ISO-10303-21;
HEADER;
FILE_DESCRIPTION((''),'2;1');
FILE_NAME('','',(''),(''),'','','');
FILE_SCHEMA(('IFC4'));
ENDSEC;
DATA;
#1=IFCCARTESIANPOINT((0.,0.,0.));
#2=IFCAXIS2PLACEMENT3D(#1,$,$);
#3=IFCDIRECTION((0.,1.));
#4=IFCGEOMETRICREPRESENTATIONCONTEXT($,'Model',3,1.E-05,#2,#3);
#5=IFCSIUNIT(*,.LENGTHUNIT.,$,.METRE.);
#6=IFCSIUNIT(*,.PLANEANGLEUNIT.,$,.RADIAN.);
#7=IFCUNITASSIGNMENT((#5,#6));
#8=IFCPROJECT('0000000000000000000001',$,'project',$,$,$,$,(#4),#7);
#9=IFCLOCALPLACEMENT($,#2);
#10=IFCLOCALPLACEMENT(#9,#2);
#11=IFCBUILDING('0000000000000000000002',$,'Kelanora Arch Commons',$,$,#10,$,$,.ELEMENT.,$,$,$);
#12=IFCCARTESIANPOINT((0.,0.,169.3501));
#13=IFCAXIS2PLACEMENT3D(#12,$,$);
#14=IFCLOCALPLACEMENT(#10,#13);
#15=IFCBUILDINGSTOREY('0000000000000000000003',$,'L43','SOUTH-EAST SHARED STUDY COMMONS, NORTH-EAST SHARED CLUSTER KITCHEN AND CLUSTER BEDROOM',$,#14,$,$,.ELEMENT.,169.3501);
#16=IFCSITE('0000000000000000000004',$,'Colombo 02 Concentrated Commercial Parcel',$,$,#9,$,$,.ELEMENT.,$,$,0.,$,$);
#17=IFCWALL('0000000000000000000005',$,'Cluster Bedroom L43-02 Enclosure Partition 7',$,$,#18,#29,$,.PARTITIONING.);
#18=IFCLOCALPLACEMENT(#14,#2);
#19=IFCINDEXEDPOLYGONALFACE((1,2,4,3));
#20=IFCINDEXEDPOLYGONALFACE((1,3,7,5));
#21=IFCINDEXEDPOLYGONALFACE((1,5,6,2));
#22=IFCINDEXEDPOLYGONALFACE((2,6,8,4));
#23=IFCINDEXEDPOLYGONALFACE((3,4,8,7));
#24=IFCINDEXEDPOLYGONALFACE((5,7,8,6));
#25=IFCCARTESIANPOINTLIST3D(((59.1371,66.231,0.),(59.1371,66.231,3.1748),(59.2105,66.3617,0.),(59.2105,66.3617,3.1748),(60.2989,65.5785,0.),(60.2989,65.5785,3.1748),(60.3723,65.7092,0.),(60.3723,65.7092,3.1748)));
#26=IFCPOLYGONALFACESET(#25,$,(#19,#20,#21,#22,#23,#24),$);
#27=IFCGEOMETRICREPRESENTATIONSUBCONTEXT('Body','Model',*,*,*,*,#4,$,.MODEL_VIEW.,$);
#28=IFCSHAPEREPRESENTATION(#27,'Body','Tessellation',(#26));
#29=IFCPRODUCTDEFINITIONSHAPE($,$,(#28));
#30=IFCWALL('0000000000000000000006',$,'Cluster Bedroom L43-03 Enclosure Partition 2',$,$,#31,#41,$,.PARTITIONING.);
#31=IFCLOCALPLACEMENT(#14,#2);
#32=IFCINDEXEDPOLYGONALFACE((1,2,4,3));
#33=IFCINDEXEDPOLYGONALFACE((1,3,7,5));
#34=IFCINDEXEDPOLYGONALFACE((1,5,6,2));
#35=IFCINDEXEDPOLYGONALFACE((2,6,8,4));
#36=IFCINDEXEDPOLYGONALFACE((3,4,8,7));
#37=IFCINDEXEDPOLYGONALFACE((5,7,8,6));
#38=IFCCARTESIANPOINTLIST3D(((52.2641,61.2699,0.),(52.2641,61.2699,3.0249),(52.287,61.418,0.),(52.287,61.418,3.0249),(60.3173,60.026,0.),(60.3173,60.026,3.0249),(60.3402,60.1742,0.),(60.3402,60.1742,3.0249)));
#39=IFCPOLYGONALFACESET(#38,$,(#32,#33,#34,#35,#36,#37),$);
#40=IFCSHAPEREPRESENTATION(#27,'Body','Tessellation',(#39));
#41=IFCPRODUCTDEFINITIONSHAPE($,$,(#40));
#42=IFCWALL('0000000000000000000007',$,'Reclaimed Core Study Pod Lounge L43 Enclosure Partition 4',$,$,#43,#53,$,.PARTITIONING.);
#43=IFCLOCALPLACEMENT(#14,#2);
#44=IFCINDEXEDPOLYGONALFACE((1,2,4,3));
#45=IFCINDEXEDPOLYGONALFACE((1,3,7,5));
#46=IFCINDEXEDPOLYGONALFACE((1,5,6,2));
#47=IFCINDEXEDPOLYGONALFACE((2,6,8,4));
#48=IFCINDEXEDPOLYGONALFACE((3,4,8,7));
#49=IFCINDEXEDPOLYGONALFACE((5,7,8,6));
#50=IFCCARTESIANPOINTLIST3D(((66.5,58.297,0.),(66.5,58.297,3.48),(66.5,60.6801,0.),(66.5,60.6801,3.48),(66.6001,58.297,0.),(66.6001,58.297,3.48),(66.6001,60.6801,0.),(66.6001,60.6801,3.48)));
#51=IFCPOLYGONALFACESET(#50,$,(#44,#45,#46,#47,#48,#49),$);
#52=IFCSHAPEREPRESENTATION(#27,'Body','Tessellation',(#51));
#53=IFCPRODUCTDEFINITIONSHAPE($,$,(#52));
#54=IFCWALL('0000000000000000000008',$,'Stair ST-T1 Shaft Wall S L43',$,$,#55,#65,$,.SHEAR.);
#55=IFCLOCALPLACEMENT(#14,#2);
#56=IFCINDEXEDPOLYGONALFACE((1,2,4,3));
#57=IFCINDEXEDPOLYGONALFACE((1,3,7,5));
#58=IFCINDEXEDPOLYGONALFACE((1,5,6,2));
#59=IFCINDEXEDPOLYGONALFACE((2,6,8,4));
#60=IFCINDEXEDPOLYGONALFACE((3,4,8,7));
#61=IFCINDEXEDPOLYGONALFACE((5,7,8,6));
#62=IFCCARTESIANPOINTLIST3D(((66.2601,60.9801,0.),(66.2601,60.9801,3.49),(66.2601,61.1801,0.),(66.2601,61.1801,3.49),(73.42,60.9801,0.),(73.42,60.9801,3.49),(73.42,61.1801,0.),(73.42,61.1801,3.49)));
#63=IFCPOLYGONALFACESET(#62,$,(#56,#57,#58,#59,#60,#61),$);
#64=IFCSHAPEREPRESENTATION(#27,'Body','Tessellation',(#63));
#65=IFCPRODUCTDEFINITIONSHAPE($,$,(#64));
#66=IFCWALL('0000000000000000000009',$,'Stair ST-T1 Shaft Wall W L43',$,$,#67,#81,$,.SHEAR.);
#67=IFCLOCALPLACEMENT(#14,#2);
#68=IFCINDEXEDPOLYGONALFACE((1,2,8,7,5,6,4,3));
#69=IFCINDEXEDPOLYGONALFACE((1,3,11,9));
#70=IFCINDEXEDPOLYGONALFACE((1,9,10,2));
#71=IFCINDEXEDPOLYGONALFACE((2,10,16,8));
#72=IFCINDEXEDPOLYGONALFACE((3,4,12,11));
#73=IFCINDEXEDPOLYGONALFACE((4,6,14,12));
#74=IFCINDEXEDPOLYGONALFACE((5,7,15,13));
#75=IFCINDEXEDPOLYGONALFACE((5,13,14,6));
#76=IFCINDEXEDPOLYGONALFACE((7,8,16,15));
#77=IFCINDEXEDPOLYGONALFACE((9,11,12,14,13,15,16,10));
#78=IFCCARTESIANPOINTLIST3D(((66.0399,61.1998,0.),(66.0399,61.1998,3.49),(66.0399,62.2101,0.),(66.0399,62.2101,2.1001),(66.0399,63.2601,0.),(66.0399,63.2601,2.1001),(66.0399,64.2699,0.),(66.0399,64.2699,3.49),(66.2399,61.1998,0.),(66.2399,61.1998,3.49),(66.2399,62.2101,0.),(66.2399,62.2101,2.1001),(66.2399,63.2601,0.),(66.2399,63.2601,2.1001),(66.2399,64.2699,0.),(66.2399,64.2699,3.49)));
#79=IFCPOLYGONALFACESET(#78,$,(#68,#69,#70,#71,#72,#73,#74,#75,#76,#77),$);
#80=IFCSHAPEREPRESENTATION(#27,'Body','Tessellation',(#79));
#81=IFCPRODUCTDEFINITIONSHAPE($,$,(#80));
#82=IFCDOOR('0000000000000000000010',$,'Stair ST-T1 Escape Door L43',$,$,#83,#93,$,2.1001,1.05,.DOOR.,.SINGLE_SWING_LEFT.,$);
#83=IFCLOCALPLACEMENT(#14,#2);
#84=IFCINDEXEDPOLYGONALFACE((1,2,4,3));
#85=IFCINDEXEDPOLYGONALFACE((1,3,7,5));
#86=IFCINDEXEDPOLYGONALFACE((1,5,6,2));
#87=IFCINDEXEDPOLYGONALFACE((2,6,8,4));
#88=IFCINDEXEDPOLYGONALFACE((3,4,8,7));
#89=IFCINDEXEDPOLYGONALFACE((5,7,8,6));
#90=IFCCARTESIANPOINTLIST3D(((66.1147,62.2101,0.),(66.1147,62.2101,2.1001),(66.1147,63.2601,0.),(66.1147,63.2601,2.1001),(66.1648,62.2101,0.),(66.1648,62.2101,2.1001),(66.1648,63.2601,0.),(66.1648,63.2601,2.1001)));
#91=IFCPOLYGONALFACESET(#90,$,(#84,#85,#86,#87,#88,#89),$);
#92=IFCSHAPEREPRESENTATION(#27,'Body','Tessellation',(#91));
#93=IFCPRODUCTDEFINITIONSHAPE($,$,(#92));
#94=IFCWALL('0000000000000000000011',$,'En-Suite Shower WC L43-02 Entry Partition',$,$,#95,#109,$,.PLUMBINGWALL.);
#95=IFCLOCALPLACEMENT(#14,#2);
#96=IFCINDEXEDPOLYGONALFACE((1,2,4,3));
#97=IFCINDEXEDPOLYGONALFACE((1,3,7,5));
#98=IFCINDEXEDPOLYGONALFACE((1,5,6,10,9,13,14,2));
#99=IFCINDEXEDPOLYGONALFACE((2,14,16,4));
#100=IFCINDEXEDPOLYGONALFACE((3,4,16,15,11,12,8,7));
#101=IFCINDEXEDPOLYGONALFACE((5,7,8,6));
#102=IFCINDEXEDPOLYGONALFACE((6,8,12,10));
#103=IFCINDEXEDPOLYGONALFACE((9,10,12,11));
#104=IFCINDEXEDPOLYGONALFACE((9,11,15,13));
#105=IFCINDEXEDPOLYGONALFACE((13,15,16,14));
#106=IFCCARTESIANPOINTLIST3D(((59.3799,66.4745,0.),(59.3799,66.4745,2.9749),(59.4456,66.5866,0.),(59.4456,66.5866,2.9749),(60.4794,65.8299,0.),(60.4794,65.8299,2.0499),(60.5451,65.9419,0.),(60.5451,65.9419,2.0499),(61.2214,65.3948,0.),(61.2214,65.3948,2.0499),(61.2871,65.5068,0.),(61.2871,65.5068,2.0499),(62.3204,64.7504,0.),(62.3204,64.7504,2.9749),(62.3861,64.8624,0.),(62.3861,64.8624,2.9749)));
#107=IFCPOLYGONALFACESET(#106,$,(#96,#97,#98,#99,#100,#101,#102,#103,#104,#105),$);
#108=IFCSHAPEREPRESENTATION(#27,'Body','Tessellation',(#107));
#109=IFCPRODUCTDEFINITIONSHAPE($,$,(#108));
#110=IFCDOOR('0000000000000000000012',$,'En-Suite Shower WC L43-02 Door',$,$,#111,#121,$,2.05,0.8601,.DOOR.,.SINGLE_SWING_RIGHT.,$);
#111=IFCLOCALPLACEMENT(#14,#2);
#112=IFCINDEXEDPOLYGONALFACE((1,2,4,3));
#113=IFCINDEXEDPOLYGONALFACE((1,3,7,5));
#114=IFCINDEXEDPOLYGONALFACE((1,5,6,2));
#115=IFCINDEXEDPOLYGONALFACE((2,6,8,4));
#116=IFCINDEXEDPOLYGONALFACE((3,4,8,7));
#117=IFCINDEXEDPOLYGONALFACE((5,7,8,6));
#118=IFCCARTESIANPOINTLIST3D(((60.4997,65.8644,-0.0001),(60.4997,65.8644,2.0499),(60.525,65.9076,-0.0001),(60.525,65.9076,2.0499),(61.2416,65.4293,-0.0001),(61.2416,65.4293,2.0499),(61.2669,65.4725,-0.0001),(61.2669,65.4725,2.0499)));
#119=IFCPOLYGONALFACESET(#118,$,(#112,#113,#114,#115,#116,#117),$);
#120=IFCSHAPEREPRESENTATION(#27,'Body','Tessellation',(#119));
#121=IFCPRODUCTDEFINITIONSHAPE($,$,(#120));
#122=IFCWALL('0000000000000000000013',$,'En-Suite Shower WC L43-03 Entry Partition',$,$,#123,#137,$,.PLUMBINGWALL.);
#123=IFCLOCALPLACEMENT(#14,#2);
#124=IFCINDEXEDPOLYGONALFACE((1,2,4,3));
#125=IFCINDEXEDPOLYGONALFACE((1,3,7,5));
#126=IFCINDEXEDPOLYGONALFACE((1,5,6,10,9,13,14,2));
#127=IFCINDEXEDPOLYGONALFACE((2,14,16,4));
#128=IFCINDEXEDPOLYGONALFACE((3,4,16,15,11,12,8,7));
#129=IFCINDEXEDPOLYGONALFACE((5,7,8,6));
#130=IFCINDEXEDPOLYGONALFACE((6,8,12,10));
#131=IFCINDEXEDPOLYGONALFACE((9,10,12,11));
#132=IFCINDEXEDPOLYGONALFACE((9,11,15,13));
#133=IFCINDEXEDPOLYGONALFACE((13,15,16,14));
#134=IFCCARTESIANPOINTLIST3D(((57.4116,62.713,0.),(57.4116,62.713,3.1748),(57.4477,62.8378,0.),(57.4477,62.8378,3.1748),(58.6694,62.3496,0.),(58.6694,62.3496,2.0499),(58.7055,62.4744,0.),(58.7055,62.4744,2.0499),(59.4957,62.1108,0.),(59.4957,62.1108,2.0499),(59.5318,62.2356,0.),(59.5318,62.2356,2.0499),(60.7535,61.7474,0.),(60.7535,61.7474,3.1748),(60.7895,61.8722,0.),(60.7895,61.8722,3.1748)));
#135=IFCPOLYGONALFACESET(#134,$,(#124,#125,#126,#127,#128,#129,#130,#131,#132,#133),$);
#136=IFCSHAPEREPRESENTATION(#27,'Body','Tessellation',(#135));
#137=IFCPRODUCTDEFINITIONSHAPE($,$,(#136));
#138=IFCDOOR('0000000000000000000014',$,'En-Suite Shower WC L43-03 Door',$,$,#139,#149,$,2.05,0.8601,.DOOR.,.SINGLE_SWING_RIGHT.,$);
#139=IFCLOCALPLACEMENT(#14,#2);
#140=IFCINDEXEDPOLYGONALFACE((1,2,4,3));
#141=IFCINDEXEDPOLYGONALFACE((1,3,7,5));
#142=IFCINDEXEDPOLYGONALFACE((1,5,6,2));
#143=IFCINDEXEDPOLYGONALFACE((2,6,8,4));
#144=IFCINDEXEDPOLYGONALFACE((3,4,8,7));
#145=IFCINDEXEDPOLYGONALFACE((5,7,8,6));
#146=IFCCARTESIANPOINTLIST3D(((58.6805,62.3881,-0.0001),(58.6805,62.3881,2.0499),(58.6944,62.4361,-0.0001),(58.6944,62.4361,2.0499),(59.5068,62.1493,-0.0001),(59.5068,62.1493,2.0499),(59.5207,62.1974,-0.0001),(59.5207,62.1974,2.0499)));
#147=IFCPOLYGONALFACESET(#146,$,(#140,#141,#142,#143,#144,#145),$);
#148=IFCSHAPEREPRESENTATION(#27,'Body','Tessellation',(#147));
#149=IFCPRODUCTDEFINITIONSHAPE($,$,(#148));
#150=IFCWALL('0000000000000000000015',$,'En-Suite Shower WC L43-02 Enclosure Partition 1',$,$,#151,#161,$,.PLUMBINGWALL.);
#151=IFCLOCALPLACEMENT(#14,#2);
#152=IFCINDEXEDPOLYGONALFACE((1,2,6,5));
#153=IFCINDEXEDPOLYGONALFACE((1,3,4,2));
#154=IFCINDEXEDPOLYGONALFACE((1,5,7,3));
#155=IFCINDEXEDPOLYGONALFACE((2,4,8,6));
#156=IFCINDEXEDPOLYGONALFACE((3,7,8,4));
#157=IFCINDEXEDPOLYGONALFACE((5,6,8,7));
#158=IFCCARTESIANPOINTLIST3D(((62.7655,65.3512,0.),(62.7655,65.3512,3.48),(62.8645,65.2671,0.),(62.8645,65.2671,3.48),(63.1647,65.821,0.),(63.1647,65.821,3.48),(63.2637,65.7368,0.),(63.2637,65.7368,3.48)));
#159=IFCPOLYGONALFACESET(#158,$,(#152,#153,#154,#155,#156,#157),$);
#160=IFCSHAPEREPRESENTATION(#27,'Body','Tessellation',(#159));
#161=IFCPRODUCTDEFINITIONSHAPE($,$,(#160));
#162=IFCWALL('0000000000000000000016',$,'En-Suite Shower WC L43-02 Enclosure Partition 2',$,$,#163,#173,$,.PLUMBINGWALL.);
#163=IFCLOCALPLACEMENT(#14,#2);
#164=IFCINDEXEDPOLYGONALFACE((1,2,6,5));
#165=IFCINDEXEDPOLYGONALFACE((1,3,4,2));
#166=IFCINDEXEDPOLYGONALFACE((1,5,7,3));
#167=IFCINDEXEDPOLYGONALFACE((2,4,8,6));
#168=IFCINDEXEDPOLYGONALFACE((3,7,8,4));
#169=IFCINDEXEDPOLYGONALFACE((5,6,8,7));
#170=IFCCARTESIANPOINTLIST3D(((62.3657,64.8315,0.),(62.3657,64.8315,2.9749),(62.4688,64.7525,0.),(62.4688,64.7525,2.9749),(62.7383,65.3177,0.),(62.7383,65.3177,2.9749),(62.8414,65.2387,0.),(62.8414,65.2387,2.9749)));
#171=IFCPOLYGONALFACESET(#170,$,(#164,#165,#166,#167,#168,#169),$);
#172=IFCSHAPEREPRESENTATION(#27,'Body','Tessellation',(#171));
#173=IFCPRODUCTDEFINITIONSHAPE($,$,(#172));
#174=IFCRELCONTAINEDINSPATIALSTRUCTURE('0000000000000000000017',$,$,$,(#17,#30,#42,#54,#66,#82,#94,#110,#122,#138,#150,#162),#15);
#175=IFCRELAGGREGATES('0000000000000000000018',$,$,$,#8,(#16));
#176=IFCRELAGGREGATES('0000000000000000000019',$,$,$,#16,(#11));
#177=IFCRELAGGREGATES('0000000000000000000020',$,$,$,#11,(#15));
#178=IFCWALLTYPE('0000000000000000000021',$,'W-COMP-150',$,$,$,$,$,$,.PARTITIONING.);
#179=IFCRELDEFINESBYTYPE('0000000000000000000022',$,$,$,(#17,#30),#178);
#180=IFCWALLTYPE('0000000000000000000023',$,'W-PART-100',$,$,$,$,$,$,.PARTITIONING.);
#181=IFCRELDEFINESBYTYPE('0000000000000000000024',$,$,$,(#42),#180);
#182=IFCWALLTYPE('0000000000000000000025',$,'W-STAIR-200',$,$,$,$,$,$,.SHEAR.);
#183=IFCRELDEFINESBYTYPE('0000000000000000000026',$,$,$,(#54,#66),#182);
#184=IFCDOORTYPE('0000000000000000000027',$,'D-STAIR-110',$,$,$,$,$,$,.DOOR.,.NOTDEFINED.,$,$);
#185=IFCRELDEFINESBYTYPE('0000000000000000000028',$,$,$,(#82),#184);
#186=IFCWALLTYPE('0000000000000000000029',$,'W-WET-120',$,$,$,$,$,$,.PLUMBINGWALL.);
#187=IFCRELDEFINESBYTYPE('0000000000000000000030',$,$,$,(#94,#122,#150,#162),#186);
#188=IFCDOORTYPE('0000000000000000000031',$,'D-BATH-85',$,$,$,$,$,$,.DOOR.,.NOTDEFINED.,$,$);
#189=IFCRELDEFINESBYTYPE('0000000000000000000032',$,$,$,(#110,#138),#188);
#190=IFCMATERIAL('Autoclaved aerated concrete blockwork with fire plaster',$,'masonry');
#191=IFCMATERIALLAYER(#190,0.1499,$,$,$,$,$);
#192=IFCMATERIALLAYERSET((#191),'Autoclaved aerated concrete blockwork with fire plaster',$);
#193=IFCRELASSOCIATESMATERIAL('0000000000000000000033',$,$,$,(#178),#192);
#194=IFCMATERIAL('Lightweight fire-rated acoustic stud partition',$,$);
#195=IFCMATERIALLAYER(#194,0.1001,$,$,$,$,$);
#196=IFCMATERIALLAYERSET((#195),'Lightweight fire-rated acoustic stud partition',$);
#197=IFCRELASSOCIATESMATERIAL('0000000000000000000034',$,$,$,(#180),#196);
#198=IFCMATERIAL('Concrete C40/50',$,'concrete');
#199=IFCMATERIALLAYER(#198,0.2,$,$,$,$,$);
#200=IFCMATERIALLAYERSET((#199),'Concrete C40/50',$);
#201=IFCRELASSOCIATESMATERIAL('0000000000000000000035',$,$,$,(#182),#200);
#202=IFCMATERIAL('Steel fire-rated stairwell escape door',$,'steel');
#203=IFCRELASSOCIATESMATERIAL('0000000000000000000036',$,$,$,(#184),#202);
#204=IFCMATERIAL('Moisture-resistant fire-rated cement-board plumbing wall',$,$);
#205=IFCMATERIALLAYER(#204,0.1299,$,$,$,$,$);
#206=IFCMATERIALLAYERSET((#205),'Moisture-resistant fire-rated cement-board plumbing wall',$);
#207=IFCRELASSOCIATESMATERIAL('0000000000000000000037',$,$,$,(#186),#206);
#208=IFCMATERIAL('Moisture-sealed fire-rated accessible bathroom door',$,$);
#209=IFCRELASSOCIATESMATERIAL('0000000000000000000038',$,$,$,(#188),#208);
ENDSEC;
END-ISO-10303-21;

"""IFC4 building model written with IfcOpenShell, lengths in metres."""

from ifc_helpers import new_model, si_unit, direction, frame, frame_2d, origin, place, context, subcontext, project, spatial, rectangle, extrude, material, layer, layer_set, type_object, element, fill, save


model = new_model("IFC4")

# Units and contexts
model_context = context("Model", 3, precision=1e-05, world=origin(), true_north=direction((0.0, 1.0)))
body_context = subcontext(model_context, "Body", "Model", "MODEL_VIEW")
ifc_project = project(units=[si_unit("LENGTHUNIT", "METRE"), si_unit("PLANEANGLEUNIT", "RADIAN")], contexts=[model_context])

# Site, building, storey
site_placement = place(None, origin())
site = spatial("IfcSite", under=ifc_project, at=site_placement, Name="Colombo 02 Concentrated Commercial Parcel", CompositionType="ELEMENT", RefElevation=0.0)
building_placement = place(site_placement, origin())
building = spatial("IfcBuilding", under=site, at=building_placement, Name="Kelanora Arch Commons", CompositionType="ELEMENT")
storey_placement = place(building_placement, frame((0.0, 0.0, 169.3501)))
storey = spatial("IfcBuildingStorey", under=building, at=storey_placement, Name="L43", Description="SOUTH-EAST SHARED STUDY COMMONS, NORTH-EAST SHARED CLUSTER KITCHEN AND CLUSTER BEDROOM", CompositionType="ELEMENT", Elevation=169.3501)

# Shared definitions
ifc_material_1 = material(Name="Autoclaved aerated concrete blockwork with fire plaster", Category="masonry")
ifc_layer_1 = layer(ifc_material_1, 0.1499)
ifc_layer_set_1 = layer_set([ifc_layer_1], Name="Autoclaved aerated concrete blockwork with fire plaster")
wall_type_1 = type_object("IfcWallType", Name="W-COMP-150", PredefinedType="PARTITIONING", material=ifc_layer_set_1)

# Walls
wall_1_placement = place(storey_placement, frame((59.1738, 66.2964, 0.0), z_axis=(0.0, 0.0, 1.0), x_axis=(0.871884, -0.489713, 0.0)))
element("IfcWall", 1, at=wall_1_placement, inside=storey, type_object=wall_type_1, Name="Cluster Bedroom L43-02 Enclosure Partition 7", PredefinedType="PARTITIONING", context=body_context, shape_type="SweptSolid", body=[
    extrude(rectangle(XDim=1.3325, YDim=0.1499, at=frame_2d((0.6663, 0.0))), origin(), (0.0, 0.0, 1.0), 3.1748),
])
wall_2_placement = place(storey_placement, frame((60.3286, 60.1001, 0.0), z_axis=(0.0, 0.0, 1.0), x_axis=(-0.98828, 0.152649, 0.0)))
element("IfcWall", 2, at=wall_2_placement, inside=storey, type_object=wall_type_1, Name="Cluster Bedroom L43-03 Enclosure Partition 2", PredefinedType="PARTITIONING", context=body_context, shape_type="SweptSolid", body=[
    extrude(rectangle(XDim=8.1487, YDim=0.1499, at=frame_2d((4.0742, 0.0))), origin(), (0.0, 0.0, 1.0), 3.0249),
])
ifc_material_2 = material(Name="Lightweight fire-rated acoustic stud partition")
ifc_layer_2 = layer(ifc_material_2, 0.1001)
ifc_layer_set_2 = layer_set([ifc_layer_2], Name="Lightweight fire-rated acoustic stud partition")
wall_type_2 = type_object("IfcWallType", Name="W-PART-100", PredefinedType="PARTITIONING", material=ifc_layer_set_2)
wall_3_placement = place(storey_placement, frame((66.55, 60.6799, 0.0), z_axis=(0.0, 0.0, 1.0), x_axis=(0.0, -1.0, 0.0)))
element("IfcWall", 3, at=wall_3_placement, inside=storey, type_object=wall_type_2, Name="Reclaimed Core Study Pod Lounge L43 Enclosure Partition 4", PredefinedType="PARTITIONING", context=body_context, shape_type="SweptSolid", body=[
    extrude(rectangle(XDim=2.3831, YDim=0.1001, at=frame_2d((1.1914, 0.0))), origin(), (0.0, 0.0, 1.0), 3.48),
])
ifc_material_3 = material(Name="Concrete C40/50", Category="concrete")
ifc_layer_3 = layer(ifc_material_3, 0.2)
ifc_layer_set_3 = layer_set([ifc_layer_3], Name="Concrete C40/50")
wall_type_3 = type_object("IfcWallType", Name="W-STAIR-200", PredefinedType="SHEAR", material=ifc_layer_set_3)
wall_4_placement = place(storey_placement, frame((66.26, 61.0801, 0.0), z_axis=(0.0, 0.0, 1.0), x_axis=(1.0, 0.0, 0.0)))
element("IfcWall", 4, at=wall_4_placement, inside=storey, type_object=wall_type_3, Name="Stair ST-T1 Shaft Wall S L43", PredefinedType="SHEAR", context=body_context, shape_type="SweptSolid", body=[
    extrude(rectangle(XDim=7.1599, YDim=0.2, at=frame_2d((3.5801, 0.0))), origin(), (0.0, 0.0, 1.0), 3.49),
])

# Walls, openings, doors
wall_5_placement = place(storey_placement, frame((66.1399, 64.27, 0.0), z_axis=(0.0, 0.0, 1.0), x_axis=(0.0, -1.0, 0.0)))
wall_5 = element("IfcWall", 5, at=wall_5_placement, inside=storey, type_object=wall_type_3, Name="Stair ST-T1 Shaft Wall W L43", PredefinedType="SHEAR", context=body_context, shape_type="SweptSolid", body=[
    extrude(rectangle(XDim=3.0701, YDim=0.2, at=frame_2d((1.5352, 0.0))), origin(), (0.0, 0.0, 1.0), 3.49),
])
opening_1_placement = place(wall_5_placement, frame((1.01, 0.0, 0.0)))
opening_1 = element("IfcOpeningElement", 6, at=opening_1_placement, cuts=wall_5, PredefinedType="OPENING", context=body_context, shape_type="SweptSolid", body=[
    extrude(rectangle(XDim=1.05, YDim=2.1001, at=frame_2d((0.5249, 1.05))), frame((0.0, 0.1099, 0.0), z_axis=(0.0, -1.0, 0.0), x_axis=(1.0, 0.0, 0.0)), (0.0, 0.0, 1.0), 0.22),
])
ifc_material_4 = material(Name="Steel fire-rated stairwell escape door", Category="steel")
door_type_1 = type_object("IfcDoorType", Name="D-STAIR-110", OperationType="NOTDEFINED", PredefinedType="DOOR", material=ifc_material_4)
door_1_placement = place(opening_1_placement, origin())
door_1 = element("IfcDoor", 7, at=door_1_placement, inside=storey, type_object=door_type_1, Name="Stair ST-T1 Escape Door L43", OperationType="SINGLE_SWING_LEFT", OverallHeight=2.1001, OverallWidth=1.05, PredefinedType="DOOR", context=body_context, shape_type="SweptSolid", body=[
    extrude(rectangle(XDim=1.05, YDim=2.1001, at=frame_2d((0.5249, 1.05))), frame((0.0, 0.0249, 0.0), z_axis=(0.0, -1.0, 0.0), x_axis=(1.0, 0.0, 0.0)), (0.0, 0.0, 1.0), 0.05),
])
fill(opening_1, door_1)
ifc_material_5 = material(Name="Moisture-resistant fire-rated cement-board plumbing wall")
ifc_layer_4 = layer(ifc_material_5, 0.1299)
ifc_layer_set_4 = layer_set([ifc_layer_4], Name="Moisture-resistant fire-rated cement-board plumbing wall")
wall_type_4 = type_object("IfcWallType", Name="W-WET-120", PredefinedType="PLUMBINGWALL", material=ifc_layer_set_4)
wall_6_placement = place(storey_placement, frame((62.3533, 64.8064, 0.0), z_axis=(0.0, 0.0, 1.0), x_axis=(-0.862644, 0.505811, 0.0)))
wall_6 = element("IfcWall", 8, at=wall_6_placement, inside=storey, type_object=wall_type_4, Name="En-Suite Shower WC L43-02 Entry Partition", PredefinedType="PLUMBINGWALL", context=body_context, shape_type="SweptSolid", body=[
    extrude(rectangle(XDim=3.4087, YDim=0.1299, at=frame_2d((1.7043, 0.0))), origin(), (0.0, 0.0, 1.0), 2.9749),
])
opening_2_placement = place(wall_6_placement, frame((1.2739, 0.0, 0.0)))
opening_2 = element("IfcOpeningElement", 9, at=opening_2_placement, cuts=wall_6, PredefinedType="OPENING", context=body_context, shape_type="SweptSolid", body=[
    extrude(rectangle(XDim=0.8601, YDim=2.05, at=frame_2d((0.4302, 1.0249))), frame((0.0, 0.075, 0.0), z_axis=(0.0, -1.0, 0.0), x_axis=(1.0, 0.0, 0.0)), (0.0, 0.0, 1.0), 0.1499),
])
ifc_material_6 = material(Name="Moisture-sealed fire-rated accessible bathroom door")
door_type_2 = type_object("IfcDoorType", Name="D-BATH-85", OperationType="NOTDEFINED", PredefinedType="DOOR", material=ifc_material_6)
door_2_placement = place(opening_2_placement, origin())
door_2 = element("IfcDoor", 10, at=door_2_placement, inside=storey, type_object=door_type_2, Name="En-Suite Shower WC L43-02 Door", OperationType="SINGLE_SWING_RIGHT", OverallHeight=2.05, OverallWidth=0.8601, PredefinedType="DOOR", context=body_context, shape_type="SweptSolid", body=[
    extrude(rectangle(XDim=0.8601, YDim=2.05, at=frame_2d((0.4302, 1.0249))), frame((0.0, 0.0249, 0.0), z_axis=(0.0, -1.0, 0.0), x_axis=(1.0, 0.0, 0.0)), (0.0, 0.0, 1.0), 0.05),
])
fill(opening_2, door_2)
wall_7_placement = place(storey_placement, frame((60.7715, 61.8098, 0.0), z_axis=(0.0, 0.0, 1.0), x_axis=(-0.960701, 0.277584, 0.0)))
wall_7 = element("IfcWall", 11, at=wall_7_placement, inside=storey, type_object=wall_type_4, Name="En-Suite Shower WC L43-03 Entry Partition", PredefinedType="PLUMBINGWALL", context=body_context, shape_type="SweptSolid", body=[
    extrude(rectangle(XDim=3.4785, YDim=0.1299, at=frame_2d((1.7393, 0.0))), origin(), (0.0, 0.0, 1.0), 3.1748),
])
opening_3_placement = place(wall_7_placement, frame((1.3091, 0.0, 0.0)))
opening_3 = element("IfcOpeningElement", 12, at=opening_3_placement, cuts=wall_7, PredefinedType="OPENING", context=body_context, shape_type="SweptSolid", body=[
    extrude(rectangle(XDim=0.8601, YDim=2.05, at=frame_2d((0.4302, 1.0249))), frame((0.0, 0.075, 0.0), z_axis=(0.0, -1.0, 0.0), x_axis=(1.0, 0.0, 0.0)), (0.0, 0.0, 1.0), 0.1499),
])
door_3_placement = place(opening_3_placement, origin())
door_3 = element("IfcDoor", 13, at=door_3_placement, inside=storey, type_object=door_type_2, Name="En-Suite Shower WC L43-03 Door", OperationType="SINGLE_SWING_RIGHT", OverallHeight=2.05, OverallWidth=0.8601, PredefinedType="DOOR", context=body_context, shape_type="SweptSolid", body=[
    extrude(rectangle(XDim=0.8601, YDim=2.05, at=frame_2d((0.4302, 1.0249))), frame((0.0, 0.0249, 0.0), z_axis=(0.0, -1.0, 0.0), x_axis=(1.0, 0.0, 0.0)), (0.0, 0.0, 1.0), 0.05),
])
fill(opening_3, door_3)

# Walls
wall_8_placement = place(storey_placement, frame((63.2141, 65.7788, 0.0), z_axis=(0.0, 0.0, 1.0), x_axis=(-0.647556, -0.762017, 0.0)))
element("IfcWall", 14, at=wall_8_placement, inside=storey, type_object=wall_type_4, Name="En-Suite Shower WC L43-02 Enclosure Partition 1", PredefinedType="PLUMBINGWALL", context=body_context, shape_type="SweptSolid", body=[
    extrude(rectangle(XDim=0.6165, YDim=0.1299, at=frame_2d((0.3081, 0.0))), origin(), (0.0, 0.0, 1.0), 3.48),
])
wall_9_placement = place(storey_placement, frame((62.7898, 65.2781, 0.0), z_axis=(0.0, 0.0, 1.0), x_axis=(-0.608323, -0.79369, 0.0)))
element("IfcWall", 15, at=wall_9_placement, inside=storey, type_object=wall_type_4, Name="En-Suite Shower WC L43-02 Enclosure Partition 2", PredefinedType="PLUMBINGWALL", context=body_context, shape_type="SweptSolid", body=[
    extrude(rectangle(XDim=0.6125, YDim=0.1299, at=frame_2d((0.3062, 0.0))), origin(), (0.0, 0.0, 1.0), 2.9749),
])

save(model, "model.ifc")
